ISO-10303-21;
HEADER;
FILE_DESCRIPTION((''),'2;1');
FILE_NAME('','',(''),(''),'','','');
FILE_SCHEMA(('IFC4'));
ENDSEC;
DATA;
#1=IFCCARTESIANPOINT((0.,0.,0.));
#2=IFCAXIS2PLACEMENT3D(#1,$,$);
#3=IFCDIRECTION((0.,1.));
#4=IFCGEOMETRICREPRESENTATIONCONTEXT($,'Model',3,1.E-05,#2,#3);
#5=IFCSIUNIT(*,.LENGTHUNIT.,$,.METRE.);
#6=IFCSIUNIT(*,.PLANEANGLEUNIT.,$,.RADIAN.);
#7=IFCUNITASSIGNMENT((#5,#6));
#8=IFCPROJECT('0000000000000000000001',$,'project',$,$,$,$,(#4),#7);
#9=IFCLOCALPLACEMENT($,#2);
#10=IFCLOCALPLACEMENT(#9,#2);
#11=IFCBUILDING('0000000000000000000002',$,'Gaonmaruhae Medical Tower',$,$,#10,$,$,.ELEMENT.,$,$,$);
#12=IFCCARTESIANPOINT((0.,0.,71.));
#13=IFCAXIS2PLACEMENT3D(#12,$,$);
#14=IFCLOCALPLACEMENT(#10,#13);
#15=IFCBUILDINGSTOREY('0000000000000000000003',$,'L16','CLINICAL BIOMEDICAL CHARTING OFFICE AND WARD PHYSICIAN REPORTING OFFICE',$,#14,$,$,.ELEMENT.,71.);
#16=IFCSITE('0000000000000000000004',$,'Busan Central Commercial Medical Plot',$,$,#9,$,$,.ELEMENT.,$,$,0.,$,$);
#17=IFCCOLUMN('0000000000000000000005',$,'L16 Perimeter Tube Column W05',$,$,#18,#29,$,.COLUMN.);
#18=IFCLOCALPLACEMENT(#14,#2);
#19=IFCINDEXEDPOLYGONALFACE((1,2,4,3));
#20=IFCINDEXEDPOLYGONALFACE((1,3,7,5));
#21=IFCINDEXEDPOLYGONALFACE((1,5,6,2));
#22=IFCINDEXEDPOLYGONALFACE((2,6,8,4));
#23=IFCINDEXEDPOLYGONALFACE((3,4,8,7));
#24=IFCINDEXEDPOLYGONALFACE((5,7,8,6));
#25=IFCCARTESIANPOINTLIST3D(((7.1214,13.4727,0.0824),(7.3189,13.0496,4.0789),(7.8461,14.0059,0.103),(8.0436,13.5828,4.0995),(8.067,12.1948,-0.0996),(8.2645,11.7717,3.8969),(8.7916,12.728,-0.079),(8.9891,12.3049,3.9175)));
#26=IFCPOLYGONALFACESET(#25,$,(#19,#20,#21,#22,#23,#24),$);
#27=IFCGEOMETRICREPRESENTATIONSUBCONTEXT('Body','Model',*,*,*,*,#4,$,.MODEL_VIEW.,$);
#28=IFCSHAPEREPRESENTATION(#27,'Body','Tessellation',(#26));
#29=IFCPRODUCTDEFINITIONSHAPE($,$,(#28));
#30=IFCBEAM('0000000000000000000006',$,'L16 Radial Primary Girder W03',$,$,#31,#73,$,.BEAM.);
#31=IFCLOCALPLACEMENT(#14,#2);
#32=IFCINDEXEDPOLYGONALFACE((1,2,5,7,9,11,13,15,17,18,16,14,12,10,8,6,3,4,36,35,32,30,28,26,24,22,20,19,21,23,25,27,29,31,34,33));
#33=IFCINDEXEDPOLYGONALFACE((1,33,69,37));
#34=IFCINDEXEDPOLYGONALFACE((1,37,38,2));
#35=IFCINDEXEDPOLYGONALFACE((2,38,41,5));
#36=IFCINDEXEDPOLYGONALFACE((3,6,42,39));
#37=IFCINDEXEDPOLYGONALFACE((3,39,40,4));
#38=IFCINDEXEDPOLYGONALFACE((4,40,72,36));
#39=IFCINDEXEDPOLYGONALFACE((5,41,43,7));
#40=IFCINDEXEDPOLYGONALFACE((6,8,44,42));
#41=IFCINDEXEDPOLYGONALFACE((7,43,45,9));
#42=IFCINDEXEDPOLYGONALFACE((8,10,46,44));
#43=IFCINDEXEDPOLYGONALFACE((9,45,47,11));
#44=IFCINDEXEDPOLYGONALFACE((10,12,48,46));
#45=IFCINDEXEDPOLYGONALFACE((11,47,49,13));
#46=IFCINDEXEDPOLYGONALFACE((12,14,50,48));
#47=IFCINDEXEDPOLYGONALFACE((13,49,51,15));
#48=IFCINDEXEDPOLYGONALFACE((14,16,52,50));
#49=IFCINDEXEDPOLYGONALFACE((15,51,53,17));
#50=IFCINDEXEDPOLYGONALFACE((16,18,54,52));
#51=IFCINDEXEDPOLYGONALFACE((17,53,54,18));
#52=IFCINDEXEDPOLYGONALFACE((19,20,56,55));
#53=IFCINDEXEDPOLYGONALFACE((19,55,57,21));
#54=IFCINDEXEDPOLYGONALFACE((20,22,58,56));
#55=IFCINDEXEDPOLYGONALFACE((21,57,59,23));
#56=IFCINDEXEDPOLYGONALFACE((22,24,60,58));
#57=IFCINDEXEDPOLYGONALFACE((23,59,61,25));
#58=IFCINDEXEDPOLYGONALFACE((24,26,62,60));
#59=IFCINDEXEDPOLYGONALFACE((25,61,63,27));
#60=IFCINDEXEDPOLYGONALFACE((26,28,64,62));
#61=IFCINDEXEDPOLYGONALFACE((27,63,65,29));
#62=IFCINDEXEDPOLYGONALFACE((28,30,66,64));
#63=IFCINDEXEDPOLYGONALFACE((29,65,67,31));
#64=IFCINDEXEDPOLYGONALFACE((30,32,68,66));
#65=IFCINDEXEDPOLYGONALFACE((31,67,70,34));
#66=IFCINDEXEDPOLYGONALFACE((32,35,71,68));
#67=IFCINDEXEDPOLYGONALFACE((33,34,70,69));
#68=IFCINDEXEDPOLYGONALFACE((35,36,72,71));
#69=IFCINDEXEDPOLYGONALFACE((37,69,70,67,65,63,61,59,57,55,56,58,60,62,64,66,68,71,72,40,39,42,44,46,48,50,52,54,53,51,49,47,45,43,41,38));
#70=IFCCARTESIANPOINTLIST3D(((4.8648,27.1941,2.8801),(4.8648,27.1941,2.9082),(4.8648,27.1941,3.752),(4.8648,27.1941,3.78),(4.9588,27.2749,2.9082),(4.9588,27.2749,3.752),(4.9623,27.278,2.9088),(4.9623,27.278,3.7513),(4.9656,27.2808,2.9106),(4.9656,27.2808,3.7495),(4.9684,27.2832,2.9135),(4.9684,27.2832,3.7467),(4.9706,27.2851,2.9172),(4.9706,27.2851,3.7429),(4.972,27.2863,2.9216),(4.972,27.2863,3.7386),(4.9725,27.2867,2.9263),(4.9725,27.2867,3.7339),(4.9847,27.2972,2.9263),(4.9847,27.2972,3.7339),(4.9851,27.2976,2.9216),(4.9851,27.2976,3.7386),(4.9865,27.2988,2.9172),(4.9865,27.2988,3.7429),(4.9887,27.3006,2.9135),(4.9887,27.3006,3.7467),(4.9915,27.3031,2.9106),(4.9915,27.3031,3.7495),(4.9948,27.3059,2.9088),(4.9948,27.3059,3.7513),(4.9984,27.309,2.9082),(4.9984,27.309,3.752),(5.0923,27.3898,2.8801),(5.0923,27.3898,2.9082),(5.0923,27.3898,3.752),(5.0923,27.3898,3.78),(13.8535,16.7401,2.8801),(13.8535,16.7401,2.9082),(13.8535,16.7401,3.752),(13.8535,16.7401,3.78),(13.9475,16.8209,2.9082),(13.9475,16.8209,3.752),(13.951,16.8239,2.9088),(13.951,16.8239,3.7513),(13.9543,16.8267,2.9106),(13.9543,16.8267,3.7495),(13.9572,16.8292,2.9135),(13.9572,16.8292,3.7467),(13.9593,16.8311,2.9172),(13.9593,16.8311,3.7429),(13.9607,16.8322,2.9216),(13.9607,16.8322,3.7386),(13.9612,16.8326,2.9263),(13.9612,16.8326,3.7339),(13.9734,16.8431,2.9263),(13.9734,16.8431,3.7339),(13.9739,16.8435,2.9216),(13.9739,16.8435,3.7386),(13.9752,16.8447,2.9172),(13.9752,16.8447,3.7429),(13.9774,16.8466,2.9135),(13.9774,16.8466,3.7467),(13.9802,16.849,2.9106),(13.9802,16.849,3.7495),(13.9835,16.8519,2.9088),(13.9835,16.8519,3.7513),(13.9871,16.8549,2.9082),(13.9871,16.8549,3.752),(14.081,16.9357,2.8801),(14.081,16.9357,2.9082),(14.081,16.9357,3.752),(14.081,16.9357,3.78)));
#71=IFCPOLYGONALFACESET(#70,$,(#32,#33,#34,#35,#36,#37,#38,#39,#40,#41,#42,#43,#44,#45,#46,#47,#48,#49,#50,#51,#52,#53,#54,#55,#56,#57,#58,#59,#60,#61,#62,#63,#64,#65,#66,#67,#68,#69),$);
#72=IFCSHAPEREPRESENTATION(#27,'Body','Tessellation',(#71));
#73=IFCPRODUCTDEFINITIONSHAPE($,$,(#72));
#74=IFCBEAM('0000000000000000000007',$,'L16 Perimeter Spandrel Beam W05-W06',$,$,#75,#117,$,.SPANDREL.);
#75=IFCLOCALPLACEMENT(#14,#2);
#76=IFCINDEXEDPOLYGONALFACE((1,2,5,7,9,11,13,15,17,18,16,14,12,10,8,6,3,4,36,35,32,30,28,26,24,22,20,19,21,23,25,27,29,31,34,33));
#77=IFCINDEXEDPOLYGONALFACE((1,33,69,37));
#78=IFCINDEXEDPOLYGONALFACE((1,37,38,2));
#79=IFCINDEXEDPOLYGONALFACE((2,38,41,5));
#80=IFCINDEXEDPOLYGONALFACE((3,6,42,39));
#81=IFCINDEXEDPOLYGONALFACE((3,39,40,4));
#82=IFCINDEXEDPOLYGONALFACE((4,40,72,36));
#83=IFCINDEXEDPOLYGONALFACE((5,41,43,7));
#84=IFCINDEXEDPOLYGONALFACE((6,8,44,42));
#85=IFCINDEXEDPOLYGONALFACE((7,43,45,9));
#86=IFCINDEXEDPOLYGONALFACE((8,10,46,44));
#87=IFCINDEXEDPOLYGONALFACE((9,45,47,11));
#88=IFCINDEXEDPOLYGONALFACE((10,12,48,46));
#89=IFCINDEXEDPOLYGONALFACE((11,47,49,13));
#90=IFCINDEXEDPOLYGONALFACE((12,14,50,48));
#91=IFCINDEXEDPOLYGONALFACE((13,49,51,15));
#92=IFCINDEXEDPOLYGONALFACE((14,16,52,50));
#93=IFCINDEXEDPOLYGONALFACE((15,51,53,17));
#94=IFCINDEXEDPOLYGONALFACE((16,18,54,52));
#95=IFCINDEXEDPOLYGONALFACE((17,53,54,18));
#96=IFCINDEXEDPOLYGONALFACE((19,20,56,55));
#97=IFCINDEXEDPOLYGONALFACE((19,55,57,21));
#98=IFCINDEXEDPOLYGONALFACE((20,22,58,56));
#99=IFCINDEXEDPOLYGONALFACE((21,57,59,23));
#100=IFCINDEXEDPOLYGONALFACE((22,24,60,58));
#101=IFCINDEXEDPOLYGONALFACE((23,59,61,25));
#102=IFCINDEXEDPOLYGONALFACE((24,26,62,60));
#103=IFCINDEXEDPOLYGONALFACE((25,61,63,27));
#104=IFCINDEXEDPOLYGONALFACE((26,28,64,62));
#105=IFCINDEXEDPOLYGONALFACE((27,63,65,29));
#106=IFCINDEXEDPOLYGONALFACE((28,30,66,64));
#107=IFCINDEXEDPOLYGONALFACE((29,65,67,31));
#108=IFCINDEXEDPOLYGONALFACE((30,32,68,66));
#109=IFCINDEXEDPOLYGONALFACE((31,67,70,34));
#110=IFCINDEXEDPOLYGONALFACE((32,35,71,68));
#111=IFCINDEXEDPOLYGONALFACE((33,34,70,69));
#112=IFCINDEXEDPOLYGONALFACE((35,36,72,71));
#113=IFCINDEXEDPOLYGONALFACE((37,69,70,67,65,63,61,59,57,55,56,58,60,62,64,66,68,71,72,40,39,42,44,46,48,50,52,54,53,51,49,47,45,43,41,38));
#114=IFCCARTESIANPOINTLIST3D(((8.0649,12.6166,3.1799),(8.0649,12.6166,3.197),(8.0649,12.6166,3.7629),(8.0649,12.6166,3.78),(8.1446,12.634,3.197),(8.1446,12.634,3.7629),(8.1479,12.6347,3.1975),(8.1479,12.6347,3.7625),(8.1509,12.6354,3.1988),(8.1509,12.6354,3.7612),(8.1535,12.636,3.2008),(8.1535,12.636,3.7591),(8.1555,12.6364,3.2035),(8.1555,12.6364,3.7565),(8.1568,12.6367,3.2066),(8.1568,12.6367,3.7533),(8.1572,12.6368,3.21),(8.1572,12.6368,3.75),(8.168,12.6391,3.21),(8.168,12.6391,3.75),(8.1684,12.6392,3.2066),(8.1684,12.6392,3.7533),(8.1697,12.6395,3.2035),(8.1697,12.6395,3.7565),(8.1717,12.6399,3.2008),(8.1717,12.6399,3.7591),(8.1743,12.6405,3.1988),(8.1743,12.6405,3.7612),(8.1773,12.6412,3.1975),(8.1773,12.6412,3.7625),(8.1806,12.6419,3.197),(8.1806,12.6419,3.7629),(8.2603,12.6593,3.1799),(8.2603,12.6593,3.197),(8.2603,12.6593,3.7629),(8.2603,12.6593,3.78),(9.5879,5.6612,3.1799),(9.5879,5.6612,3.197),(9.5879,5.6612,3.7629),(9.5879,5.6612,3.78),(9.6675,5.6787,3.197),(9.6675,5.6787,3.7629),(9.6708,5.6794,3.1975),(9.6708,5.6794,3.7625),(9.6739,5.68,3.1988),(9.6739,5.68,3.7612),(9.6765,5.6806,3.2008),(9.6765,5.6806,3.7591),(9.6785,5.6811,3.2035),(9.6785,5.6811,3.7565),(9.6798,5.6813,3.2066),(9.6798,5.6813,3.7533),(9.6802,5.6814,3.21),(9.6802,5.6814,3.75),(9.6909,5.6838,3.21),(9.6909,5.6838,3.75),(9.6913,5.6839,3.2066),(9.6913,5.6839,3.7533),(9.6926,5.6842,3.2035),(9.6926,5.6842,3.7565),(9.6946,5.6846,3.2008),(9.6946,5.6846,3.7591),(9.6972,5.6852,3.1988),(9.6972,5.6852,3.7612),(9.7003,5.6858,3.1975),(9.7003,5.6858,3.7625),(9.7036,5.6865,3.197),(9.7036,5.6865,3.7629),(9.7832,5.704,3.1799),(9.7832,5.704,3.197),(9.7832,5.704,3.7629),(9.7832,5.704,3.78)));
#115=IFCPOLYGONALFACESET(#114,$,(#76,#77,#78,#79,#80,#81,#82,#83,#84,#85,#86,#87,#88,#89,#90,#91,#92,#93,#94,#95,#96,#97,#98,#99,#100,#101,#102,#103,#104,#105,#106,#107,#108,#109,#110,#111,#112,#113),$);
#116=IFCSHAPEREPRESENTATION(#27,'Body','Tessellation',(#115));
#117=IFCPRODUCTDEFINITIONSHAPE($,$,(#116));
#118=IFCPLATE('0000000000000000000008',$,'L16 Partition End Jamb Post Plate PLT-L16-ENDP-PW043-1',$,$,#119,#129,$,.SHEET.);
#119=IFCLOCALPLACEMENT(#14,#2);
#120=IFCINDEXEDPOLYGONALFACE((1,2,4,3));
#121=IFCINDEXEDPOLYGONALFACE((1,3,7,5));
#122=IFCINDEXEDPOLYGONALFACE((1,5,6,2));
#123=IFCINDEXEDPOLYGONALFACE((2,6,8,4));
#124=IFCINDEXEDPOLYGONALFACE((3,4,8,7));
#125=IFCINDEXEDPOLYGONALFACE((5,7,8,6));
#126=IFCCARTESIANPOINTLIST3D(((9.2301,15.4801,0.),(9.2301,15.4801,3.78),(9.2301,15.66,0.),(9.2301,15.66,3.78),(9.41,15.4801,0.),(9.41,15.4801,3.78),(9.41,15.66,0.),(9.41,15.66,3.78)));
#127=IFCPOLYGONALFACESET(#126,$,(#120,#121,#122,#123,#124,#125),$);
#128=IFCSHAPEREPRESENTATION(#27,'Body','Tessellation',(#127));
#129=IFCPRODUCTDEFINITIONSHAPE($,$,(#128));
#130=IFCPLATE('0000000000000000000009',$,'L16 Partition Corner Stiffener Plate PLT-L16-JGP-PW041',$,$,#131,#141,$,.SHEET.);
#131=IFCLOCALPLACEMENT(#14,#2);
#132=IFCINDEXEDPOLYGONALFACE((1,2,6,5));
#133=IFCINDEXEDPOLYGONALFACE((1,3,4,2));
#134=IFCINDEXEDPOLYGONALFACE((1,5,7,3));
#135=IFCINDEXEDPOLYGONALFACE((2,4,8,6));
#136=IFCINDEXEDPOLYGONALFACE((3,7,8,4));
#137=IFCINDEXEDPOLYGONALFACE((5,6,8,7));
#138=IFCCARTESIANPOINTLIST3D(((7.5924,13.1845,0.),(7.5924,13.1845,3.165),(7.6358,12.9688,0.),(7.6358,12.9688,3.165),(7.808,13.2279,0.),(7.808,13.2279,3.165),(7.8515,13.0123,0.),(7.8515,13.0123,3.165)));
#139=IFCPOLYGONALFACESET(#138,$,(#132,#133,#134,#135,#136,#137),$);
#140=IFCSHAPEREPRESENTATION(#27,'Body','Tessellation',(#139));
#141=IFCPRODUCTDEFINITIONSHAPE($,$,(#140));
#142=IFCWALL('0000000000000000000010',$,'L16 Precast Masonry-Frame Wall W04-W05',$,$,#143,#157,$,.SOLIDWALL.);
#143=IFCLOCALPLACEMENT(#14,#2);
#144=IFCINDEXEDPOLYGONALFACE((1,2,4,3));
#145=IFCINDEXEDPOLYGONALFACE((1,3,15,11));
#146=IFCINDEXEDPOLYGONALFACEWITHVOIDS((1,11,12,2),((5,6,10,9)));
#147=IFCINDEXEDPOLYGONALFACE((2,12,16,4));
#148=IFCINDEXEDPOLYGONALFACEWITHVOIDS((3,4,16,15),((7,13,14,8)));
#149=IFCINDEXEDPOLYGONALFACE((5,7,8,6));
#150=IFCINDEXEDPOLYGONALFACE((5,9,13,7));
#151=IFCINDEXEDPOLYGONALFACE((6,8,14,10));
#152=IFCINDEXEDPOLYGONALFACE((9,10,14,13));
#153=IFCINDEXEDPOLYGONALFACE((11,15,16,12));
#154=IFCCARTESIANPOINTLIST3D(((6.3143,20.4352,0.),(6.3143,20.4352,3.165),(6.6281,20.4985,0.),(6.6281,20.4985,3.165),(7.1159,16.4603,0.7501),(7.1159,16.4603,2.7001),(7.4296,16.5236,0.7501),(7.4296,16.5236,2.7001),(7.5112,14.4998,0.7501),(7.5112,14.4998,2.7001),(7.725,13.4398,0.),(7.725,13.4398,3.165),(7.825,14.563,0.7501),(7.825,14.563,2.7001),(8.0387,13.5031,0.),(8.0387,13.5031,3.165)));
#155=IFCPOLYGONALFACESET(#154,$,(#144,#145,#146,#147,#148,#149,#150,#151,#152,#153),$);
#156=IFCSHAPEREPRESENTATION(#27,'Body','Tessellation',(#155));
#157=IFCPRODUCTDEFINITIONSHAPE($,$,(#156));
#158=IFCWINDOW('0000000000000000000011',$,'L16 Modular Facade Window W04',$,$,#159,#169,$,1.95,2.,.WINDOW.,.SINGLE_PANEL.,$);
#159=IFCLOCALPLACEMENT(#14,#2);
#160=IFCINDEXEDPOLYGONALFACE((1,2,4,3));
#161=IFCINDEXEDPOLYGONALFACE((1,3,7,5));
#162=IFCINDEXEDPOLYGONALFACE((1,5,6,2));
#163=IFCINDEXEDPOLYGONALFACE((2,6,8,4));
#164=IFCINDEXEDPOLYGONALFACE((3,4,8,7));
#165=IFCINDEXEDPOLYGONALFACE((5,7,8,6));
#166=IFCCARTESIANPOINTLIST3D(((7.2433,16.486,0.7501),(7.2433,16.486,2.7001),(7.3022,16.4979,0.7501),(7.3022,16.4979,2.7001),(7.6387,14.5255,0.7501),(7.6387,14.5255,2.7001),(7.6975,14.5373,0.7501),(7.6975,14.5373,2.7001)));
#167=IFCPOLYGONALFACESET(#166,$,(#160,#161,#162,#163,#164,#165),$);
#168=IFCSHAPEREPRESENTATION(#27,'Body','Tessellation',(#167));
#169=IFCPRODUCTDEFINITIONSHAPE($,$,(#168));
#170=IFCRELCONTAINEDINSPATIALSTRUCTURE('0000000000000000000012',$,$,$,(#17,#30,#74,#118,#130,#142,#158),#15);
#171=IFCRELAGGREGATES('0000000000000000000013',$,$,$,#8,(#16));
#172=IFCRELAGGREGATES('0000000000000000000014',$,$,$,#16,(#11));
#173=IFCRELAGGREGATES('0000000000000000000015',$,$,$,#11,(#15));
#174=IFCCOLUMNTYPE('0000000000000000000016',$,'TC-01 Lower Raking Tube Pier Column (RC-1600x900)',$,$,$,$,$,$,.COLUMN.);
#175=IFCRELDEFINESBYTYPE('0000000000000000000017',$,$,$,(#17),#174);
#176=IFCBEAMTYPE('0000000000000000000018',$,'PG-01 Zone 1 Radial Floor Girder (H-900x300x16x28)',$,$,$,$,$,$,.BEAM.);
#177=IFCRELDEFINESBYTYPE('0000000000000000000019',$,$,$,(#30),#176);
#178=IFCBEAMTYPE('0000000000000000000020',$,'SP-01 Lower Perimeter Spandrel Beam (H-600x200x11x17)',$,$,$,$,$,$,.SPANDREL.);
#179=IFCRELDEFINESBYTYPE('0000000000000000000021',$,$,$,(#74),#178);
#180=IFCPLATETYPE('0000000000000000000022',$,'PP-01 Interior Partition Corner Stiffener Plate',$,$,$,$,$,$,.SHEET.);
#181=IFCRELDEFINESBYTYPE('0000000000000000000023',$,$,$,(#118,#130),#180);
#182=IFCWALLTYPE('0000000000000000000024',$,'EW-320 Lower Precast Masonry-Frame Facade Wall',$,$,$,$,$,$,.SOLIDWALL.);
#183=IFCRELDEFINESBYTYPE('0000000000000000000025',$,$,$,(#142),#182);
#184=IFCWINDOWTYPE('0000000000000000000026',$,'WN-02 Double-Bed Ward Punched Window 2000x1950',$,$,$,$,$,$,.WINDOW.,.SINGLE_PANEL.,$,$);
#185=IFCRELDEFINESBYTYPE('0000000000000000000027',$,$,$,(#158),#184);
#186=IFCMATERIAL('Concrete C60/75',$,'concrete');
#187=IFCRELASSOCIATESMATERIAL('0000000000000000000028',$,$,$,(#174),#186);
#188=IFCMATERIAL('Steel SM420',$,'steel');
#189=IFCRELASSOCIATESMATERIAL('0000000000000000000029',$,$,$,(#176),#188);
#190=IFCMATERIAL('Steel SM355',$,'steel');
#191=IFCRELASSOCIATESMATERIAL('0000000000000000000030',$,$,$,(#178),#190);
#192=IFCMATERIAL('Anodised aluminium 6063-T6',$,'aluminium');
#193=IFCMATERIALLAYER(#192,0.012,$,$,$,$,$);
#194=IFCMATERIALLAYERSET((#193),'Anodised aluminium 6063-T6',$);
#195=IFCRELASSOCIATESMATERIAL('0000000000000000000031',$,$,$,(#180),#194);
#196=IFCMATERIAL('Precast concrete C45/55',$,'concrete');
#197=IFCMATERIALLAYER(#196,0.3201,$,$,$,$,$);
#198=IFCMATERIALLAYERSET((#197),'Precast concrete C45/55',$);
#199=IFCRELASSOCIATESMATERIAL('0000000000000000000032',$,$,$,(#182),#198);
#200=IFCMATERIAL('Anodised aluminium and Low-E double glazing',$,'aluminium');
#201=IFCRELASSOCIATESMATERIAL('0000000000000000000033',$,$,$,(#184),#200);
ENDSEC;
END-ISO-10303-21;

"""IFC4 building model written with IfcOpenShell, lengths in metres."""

from ifc_helpers import new_model, si_unit, direction, frame, frame_2d, origin, origin_2d, place, context, subcontext, project, spatial, rectangle, i_section, extrude, material, layer, layer_set, material_profile, profile_set, type_object, element, fill, save


model = new_model("IFC4")

# Units and contexts
model_context = context("Model", 3, precision=1e-05, world=origin(), true_north=direction((0.0, 1.0)))
body_context = subcontext(model_context, "Body", "Model", "MODEL_VIEW")
ifc_project = project(units=[si_unit("LENGTHUNIT", "METRE"), si_unit("PLANEANGLEUNIT", "RADIAN")], contexts=[model_context])

# Site, building, storey
site_placement = place(None, origin())
site = spatial("IfcSite", under=ifc_project, at=site_placement, Name="Busan Central Commercial Medical Plot", CompositionType="ELEMENT", RefElevation=0.0)
building_placement = place(site_placement, origin())
building = spatial("IfcBuilding", under=site, at=building_placement, Name="Gaonmaruhae Medical Tower", CompositionType="ELEMENT")
storey_placement = place(building_placement, frame((0.0, 0.0, 71.0)))
storey = spatial("IfcBuildingStorey", under=building, at=storey_placement, Name="L16", Description="CLINICAL BIOMEDICAL CHARTING OFFICE AND WARD PHYSICIAN REPORTING OFFICE", CompositionType="ELEMENT", Elevation=71.0)

# Column
ifc_material_1 = material(Name="Concrete C60/75", Category="concrete")
ifc_material_profile_1 = material_profile(ifc_material_1, rectangle(XDim=1.6001, YDim=0.8999, at=origin_2d()), Name="RC-1600x900")
ifc_profile_set_1 = profile_set([ifc_material_profile_1], Name="Concrete C60/75")
column_type = type_object("IfcColumnType", Name="TC-01 Lower Raking Tube Pier Column (RC-1600x900)", PredefinedType="COLUMN", material=ifc_profile_set_1)
column_placement = place(storey_placement, frame((7.9565, 13.1003, 0.0017), z_axis=(0.049086, -0.105149, 0.993244), x_axis=(-0.590957, 0.798643, 0.113753)))
element("IfcColumn", 1, at=column_placement, inside=storey, type_object=column_type, Name="L16 Perimeter Tube Column W05", PredefinedType="COLUMN", context=body_context, shape_type="SweptSolid", body=[
    extrude(rectangle(XDim=1.6001, YDim=0.8999, at=origin_2d()), origin(), (0.0, 0.0, 1.0), 4.0237),
])

# Beams
ifc_material_2 = material(Name="Steel SM420", Category="steel")
ifc_material_profile_2 = material_profile(ifc_material_2, i_section(OverallWidth=0.3, OverallDepth=0.8999, WebThickness=0.0161, FlangeThickness=0.0281, FilletRadius=0.0181, at=origin_2d()), Name="H-900x300x16x28")
ifc_profile_set_2 = profile_set([ifc_material_profile_2], Name="Steel SM420")
beam_type_1 = type_object("IfcBeamType", Name="PG-01 Zone 1 Radial Floor Girder (H-900x300x16x28)", PredefinedType="BEAM", material=ifc_profile_set_2)
beam_1_placement = place(storey_placement, frame((13.9673, 16.8379, 3.3301), z_axis=(-0.651966, 0.758248, 0.0), x_axis=(-0.758248, -0.651966, 0.0)))
element("IfcBeam", 2, at=beam_1_placement, inside=storey, type_object=beam_type_1, Name="L16 Radial Primary Girder W03", PredefinedType="BEAM", context=body_context, shape_type="SweptSolid", body=[
    extrude(i_section(OverallWidth=0.3, OverallDepth=0.8999, WebThickness=0.0161, FlangeThickness=0.0281, FilletRadius=0.0181, at=origin_2d()), origin(), (0.0, 0.0, 1.0), 13.7871),
])
ifc_material_3 = material(Name="Steel SM355", Category="steel")
ifc_material_profile_3 = material_profile(ifc_material_3, i_section(OverallWidth=0.2, OverallDepth=0.6001, WebThickness=0.011, FlangeThickness=0.0171, FilletRadius=0.0129, at=origin_2d()), Name="H-600x200x11x17")
ifc_profile_set_3 = profile_set([ifc_material_profile_3], Name="Steel SM355")
beam_type_2 = type_object("IfcBeamType", Name="SP-01 Lower Perimeter Spandrel Beam (H-600x200x11x17)", PredefinedType="SPANDREL", material=ifc_profile_set_3)
beam_2_placement = place(storey_placement, frame((8.1626, 12.6379, 3.48), z_axis=(0.213894, -0.976857, 0.0), x_axis=(0.976857, 0.213894, 0.0)))
element("IfcBeam", 3, at=beam_2_placement, inside=storey, type_object=beam_type_2, Name="L16 Perimeter Spandrel Beam W05-W06", PredefinedType="SPANDREL", context=body_context, shape_type="SweptSolid", body=[
    extrude(i_section(OverallWidth=0.2, OverallDepth=0.6001, WebThickness=0.011, FlangeThickness=0.0171, FilletRadius=0.0129, at=origin_2d()), origin(), (0.0, 0.0, 1.0), 7.1201),
])

# Plates
ifc_material_4 = material(Name="Anodised aluminium 6063-T6", Category="aluminium")
ifc_layer_1 = layer(ifc_material_4, 0.012)
ifc_layer_set_1 = layer_set([ifc_layer_1], Name="Anodised aluminium 6063-T6")
plate_type = type_object("IfcPlateType", Name="PP-01 Interior Partition Corner Stiffener Plate", PredefinedType="SHEET", material=ifc_layer_set_1)
plate_1_placement = place(storey_placement, frame((9.3201, 15.5701, 0.0), z_axis=(0.0, 0.0, 1.0), x_axis=(0.0, -1.0, 0.0)))
element("IfcPlate", 4, at=plate_1_placement, inside=storey, type_object=plate_type, Name="L16 Partition End Jamb Post Plate PLT-L16-ENDP-PW043-1", PredefinedType="SHEET", context=body_context, shape_type="SweptSolid", body=[
    extrude(rectangle(XDim=0.1799, YDim=0.1799, at=origin_2d()), origin(), (0.0, 0.0, 1.0), 3.78),
])
plate_2_placement = place(storey_placement, frame((7.7219, 13.0984, 0.0), z_axis=(0.0, 0.0, 1.0), x_axis=(-0.197555, 0.980292, 0.0)))
element("IfcPlate", 5, at=plate_2_placement, inside=storey, type_object=plate_type, Name="L16 Partition Corner Stiffener Plate PLT-L16-JGP-PW041", PredefinedType="SHEET", context=body_context, shape_type="SweptSolid", body=[
    extrude(rectangle(XDim=0.22, YDim=0.22, at=origin_2d()), origin(), (0.0, 0.0, 1.0), 3.165),
])

# Wall, opening, window
ifc_material_5 = material(Name="Precast concrete C45/55", Category="concrete")
ifc_layer_2 = layer(ifc_material_5, 0.3201)
ifc_layer_set_2 = layer_set([ifc_layer_2], Name="Precast concrete C45/55")
wall_type_1 = type_object("IfcWallType", Name="EW-320 Lower Precast Masonry-Frame Facade Wall", PredefinedType="SOLIDWALL", material=ifc_layer_set_2)
wall_1_placement = place(storey_placement, frame((7.8818, 13.4714, 0.0), z_axis=(0.0, 0.0, 1.0), x_axis=(-0.197675, 0.980268, 0.0)))
wall_1 = element("IfcWall", 6, at=wall_1_placement, inside=storey, type_object=wall_type_1, Name="L16 Precast Masonry-Frame Wall W04-W05", PredefinedType="SOLIDWALL", context=body_context, shape_type="SweptSolid", body=[
    extrude(rectangle(XDim=7.1362, YDim=0.3201, at=frame_2d((3.5681, 0.0))), origin(), (0.0, 0.0, 1.0), 3.165),
])
opening_1_placement = place(wall_1_placement, frame((1.0813, 0.0, 0.75)))
opening_1 = element("IfcOpeningElement", 7, at=opening_1_placement, cuts=wall_1, PredefinedType="OPENING", context=body_context, shape_type="SweptSolid", body=[
    extrude(rectangle(XDim=2.0, YDim=1.95, at=frame_2d((1.0, 0.9751))), frame((0.0, 0.1699, 0.0), z_axis=(0.0, -1.0, 0.0), x_axis=(1.0, 0.0, 0.0)), (0.0, 0.0, 1.0), 0.3401),
])
ifc_material_6 = material(Name="Anodised aluminium and Low-E double glazing", Category="aluminium")
window_type = type_object("IfcWindowType", Name="WN-02 Double-Bed Ward Punched Window 2000x1950", PartitioningType="SINGLE_PANEL", PredefinedType="WINDOW", material=ifc_material_6)
window_placement = place(opening_1_placement, origin())
window = element("IfcWindow", 8, at=window_placement, inside=storey, type_object=window_type, Name="L16 Modular Facade Window W04", OverallHeight=1.95, OverallWidth=2.0, PartitioningType="SINGLE_PANEL", PredefinedType="WINDOW", context=body_context, shape_type="SweptSolid", body=[
    extrude(rectangle(XDim=2.0, YDim=1.95, at=frame_2d((1.0, 0.9751))), frame((0.0, 0.03, 0.0), z_axis=(0.0, -1.0, 0.0), x_axis=(1.0, 0.0, 0.0)), (0.0, 0.0, 1.0), 0.0601),
])
fill(opening_1, window)

save(model, "model.ifc")
